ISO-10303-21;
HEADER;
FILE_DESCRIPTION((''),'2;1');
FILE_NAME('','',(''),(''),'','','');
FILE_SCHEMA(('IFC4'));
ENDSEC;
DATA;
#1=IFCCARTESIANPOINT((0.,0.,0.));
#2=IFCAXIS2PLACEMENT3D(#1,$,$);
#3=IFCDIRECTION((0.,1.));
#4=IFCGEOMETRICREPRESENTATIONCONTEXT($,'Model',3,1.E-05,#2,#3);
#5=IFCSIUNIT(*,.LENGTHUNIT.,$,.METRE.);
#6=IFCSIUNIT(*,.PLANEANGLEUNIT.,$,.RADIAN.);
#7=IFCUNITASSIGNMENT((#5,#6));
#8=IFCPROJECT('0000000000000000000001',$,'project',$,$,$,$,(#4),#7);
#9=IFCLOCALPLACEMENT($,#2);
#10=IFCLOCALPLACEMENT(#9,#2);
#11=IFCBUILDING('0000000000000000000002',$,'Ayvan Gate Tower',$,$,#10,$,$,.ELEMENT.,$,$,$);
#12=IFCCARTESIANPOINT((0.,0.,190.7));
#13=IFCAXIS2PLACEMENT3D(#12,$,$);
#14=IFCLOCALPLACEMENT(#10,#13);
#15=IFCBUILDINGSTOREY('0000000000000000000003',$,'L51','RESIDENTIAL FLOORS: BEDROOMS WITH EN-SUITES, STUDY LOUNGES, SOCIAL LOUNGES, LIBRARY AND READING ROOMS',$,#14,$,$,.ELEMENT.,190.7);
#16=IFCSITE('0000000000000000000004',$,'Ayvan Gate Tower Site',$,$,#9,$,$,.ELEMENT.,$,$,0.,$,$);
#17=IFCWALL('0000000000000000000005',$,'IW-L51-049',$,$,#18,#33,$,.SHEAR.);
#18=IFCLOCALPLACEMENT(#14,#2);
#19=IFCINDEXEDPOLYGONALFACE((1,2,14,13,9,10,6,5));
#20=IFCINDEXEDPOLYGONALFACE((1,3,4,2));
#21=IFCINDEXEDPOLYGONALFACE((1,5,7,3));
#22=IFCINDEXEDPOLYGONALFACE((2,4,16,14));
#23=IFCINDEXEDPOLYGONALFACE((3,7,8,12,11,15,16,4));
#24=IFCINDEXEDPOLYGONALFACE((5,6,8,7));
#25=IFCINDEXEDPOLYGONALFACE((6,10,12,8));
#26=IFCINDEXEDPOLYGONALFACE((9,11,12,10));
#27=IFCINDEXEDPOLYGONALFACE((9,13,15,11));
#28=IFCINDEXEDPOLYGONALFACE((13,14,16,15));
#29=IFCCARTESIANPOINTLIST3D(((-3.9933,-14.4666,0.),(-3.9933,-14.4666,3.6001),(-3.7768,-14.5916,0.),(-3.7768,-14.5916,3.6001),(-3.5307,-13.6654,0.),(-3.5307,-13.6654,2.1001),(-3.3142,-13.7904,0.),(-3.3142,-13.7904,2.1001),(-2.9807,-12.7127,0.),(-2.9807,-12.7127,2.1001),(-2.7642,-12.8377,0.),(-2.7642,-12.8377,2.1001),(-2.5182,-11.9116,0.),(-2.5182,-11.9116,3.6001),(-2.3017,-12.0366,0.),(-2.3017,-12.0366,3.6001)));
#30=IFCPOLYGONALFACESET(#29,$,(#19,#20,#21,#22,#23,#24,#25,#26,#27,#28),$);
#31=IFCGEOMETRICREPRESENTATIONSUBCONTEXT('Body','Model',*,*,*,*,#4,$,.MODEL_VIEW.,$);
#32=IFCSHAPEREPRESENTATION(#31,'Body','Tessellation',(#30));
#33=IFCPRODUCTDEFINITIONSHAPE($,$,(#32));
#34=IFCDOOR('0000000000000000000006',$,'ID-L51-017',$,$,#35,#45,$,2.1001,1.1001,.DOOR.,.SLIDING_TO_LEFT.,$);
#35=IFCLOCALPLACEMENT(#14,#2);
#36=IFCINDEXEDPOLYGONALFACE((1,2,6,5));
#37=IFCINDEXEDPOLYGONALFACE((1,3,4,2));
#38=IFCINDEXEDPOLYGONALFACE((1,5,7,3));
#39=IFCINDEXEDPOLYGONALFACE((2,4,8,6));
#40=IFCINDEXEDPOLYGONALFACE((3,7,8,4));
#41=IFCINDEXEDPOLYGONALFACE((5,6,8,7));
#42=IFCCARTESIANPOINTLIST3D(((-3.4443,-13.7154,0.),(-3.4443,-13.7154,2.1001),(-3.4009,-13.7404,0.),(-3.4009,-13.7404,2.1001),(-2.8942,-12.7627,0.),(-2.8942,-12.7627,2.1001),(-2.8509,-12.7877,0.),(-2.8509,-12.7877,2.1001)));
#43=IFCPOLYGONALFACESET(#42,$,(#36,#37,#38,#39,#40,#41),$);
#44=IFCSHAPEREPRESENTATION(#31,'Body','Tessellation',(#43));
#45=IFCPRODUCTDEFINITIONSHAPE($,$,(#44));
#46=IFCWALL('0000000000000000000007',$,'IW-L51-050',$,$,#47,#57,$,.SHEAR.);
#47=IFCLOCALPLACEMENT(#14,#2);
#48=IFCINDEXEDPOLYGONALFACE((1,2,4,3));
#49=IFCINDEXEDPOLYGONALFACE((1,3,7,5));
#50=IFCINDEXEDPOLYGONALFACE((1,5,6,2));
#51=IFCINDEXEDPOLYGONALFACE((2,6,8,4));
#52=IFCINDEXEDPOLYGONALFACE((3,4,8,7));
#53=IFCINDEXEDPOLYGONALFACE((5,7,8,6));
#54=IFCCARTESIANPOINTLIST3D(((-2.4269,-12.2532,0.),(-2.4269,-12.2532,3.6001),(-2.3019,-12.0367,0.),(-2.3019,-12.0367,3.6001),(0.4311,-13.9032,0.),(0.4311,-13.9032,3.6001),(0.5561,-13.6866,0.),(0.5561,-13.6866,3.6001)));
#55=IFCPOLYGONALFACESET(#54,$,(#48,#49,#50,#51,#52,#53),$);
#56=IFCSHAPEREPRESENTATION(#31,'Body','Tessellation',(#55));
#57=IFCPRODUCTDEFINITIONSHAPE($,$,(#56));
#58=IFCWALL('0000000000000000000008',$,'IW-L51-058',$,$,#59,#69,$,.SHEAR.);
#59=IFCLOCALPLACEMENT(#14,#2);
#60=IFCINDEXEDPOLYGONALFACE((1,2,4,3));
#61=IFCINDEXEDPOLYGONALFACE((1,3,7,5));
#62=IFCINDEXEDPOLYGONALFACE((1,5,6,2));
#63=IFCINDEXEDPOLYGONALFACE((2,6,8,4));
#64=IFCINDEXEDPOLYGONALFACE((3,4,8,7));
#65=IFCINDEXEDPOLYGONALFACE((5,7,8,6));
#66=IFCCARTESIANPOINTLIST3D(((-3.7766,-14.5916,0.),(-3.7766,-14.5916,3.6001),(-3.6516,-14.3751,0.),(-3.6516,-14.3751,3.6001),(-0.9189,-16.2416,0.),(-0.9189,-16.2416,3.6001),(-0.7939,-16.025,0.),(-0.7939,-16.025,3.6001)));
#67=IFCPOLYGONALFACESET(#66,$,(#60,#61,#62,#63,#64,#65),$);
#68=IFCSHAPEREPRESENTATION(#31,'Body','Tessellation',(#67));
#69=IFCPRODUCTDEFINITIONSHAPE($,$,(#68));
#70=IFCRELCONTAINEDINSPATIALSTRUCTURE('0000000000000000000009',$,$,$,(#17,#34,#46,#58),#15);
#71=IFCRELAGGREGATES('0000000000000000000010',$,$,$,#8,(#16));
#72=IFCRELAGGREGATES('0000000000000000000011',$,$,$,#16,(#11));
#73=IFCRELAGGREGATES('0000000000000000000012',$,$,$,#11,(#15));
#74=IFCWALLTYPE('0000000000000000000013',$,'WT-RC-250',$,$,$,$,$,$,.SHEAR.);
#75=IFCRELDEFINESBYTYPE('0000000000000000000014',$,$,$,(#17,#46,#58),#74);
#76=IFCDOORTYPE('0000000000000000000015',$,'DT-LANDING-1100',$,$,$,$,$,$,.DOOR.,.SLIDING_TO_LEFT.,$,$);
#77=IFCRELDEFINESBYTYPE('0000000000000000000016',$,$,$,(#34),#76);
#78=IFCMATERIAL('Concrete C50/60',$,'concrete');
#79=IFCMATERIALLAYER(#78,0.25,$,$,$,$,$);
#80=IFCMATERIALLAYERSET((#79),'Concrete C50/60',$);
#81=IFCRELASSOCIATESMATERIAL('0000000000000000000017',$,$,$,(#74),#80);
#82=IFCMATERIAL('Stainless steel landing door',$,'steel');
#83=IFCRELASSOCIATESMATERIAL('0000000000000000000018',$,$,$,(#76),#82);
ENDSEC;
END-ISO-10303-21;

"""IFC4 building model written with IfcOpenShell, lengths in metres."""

from ifc_helpers import new_model, si_unit, direction, frame, frame_2d, origin, place, context, subcontext, project, spatial, rectangle, extrude, material, layer, layer_set, type_object, element, fill, save


model = new_model("IFC4")

# Units and contexts
model_context = context("Model", 3, precision=1e-05, world=origin(), true_north=direction((0.0, 1.0)))
body_context = subcontext(model_context, "Body", "Model", "MODEL_VIEW")
ifc_project = project(units=[si_unit("LENGTHUNIT", "METRE"), si_unit("PLANEANGLEUNIT", "RADIAN")], contexts=[model_context])

# Site, building, storey
site_placement = place(None, origin())
site = spatial("IfcSite", under=ifc_project, at=site_placement, Name="Ayvan Gate Tower Site", CompositionType="ELEMENT", RefElevation=0.0)
building_placement = place(site_placement, origin())
building = spatial("IfcBuilding", under=site, at=building_placement, Name="Ayvan Gate Tower", CompositionType="ELEMENT")
storey_placement = place(building_placement, frame((0.0, 0.0, 190.7)))
storey = spatial("IfcBuildingStorey", under=building, at=storey_placement, Name="L51", Description="RESIDENTIAL FLOORS: BEDROOMS WITH EN-SUITES, STUDY LOUNGES, SOCIAL LOUNGES, LIBRARY AND READING ROOMS", CompositionType="ELEMENT", Elevation=190.7)

# Wall, opening, door
ifc_material_1 = material(Name="Concrete C50/60", Category="concrete")
ifc_layer_1 = layer(ifc_material_1, 0.25)
ifc_layer_set_1 = layer_set([ifc_layer_1], Name="Concrete C50/60")
wall_type_1 = type_object("IfcWallType", Name="WT-RC-250", PredefinedType="SHEAR", material=ifc_layer_set_1)
wall_1_placement = place(storey_placement, frame((-2.4099, -11.9741, 0.0), z_axis=(0.0, 0.0, 1.0), x_axis=(-0.500002, -0.866024, 0.0)))
wall_1 = element("IfcWall", 1, at=wall_1_placement, inside=storey, type_object=wall_type_1, Name="IW-L51-049", PredefinedType="SHEAR", context=body_context, shape_type="SweptSolid", body=[
    extrude(rectangle(XDim=2.9502, YDim=0.25, at=frame_2d((1.4751, 0.0))), origin(), (0.0, 0.0, 1.0), 3.6001),
])
opening_1_placement = place(wall_1_placement, frame((0.925, 0.0, 0.0)))
opening_1 = element("IfcOpeningElement", 2, at=opening_1_placement, cuts=wall_1, PredefinedType="OPENING", context=body_context, shape_type="SweptSolid", body=[
    extrude(rectangle(XDim=1.1001, YDim=2.1001, at=frame_2d((0.55, 1.05))), frame((0.0, 0.135, 0.0), z_axis=(0.0, -1.0, 0.0), x_axis=(1.0, 0.0, 0.0)), (0.0, 0.0, 1.0), 0.27),
])
ifc_material_2 = material(Name="Stainless steel landing door", Category="steel")
door_type_1 = type_object("IfcDoorType", Name="DT-LANDING-1100", OperationType="SLIDING_TO_LEFT", PredefinedType="DOOR", material=ifc_material_2)
door_1_placement = place(opening_1_placement, origin())
door_1 = element("IfcDoor", 3, at=door_1_placement, inside=storey, type_object=door_type_1, Name="ID-L51-017", OperationType="SLIDING_TO_LEFT", OverallHeight=2.1001, OverallWidth=1.1001, PredefinedType="DOOR", context=body_context, shape_type="SweptSolid", body=[
    extrude(rectangle(XDim=1.1001, YDim=2.1001, at=frame_2d((0.55, 1.05))), frame((0.0, 0.0249, 0.0), z_axis=(0.0, -1.0, 0.0), x_axis=(1.0, 0.0, 0.0)), (0.0, 0.0, 1.0), 0.05),
])
fill(opening_1, door_1)

# Walls
wall_2_placement = place(storey_placement, frame((-2.3643, -12.145, 0.0), z_axis=(0.0, 0.0, 1.0), x_axis=(0.86604, -0.499974, 0.0)))
element("IfcWall", 4, at=wall_2_placement, inside=storey, type_object=wall_type_1, Name="IW-L51-050", PredefinedType="SHEAR", context=body_context, shape_type="SweptSolid", body=[
    extrude(rectangle(XDim=3.3, YDim=0.25, at=frame_2d((1.6499, 0.0))), origin(), (0.0, 0.0, 1.0), 3.6001),
])
wall_3_placement = place(storey_placement, frame((-0.8564, -16.1333, 0.0), z_axis=(0.0, 0.0, 1.0), x_axis=(-0.866022, 0.500006, 0.0)))
element("IfcWall", 5, at=wall_3_placement, inside=storey, type_object=wall_type_1, Name="IW-L51-058", PredefinedType="SHEAR", context=body_context, shape_type="SweptSolid", body=[
    extrude(rectangle(XDim=3.2998, YDim=0.25, at=frame_2d((1.6499, 0.0))), origin(), (0.0, 0.0, 1.0), 3.6001),
])

save(model, "model.ifc")
